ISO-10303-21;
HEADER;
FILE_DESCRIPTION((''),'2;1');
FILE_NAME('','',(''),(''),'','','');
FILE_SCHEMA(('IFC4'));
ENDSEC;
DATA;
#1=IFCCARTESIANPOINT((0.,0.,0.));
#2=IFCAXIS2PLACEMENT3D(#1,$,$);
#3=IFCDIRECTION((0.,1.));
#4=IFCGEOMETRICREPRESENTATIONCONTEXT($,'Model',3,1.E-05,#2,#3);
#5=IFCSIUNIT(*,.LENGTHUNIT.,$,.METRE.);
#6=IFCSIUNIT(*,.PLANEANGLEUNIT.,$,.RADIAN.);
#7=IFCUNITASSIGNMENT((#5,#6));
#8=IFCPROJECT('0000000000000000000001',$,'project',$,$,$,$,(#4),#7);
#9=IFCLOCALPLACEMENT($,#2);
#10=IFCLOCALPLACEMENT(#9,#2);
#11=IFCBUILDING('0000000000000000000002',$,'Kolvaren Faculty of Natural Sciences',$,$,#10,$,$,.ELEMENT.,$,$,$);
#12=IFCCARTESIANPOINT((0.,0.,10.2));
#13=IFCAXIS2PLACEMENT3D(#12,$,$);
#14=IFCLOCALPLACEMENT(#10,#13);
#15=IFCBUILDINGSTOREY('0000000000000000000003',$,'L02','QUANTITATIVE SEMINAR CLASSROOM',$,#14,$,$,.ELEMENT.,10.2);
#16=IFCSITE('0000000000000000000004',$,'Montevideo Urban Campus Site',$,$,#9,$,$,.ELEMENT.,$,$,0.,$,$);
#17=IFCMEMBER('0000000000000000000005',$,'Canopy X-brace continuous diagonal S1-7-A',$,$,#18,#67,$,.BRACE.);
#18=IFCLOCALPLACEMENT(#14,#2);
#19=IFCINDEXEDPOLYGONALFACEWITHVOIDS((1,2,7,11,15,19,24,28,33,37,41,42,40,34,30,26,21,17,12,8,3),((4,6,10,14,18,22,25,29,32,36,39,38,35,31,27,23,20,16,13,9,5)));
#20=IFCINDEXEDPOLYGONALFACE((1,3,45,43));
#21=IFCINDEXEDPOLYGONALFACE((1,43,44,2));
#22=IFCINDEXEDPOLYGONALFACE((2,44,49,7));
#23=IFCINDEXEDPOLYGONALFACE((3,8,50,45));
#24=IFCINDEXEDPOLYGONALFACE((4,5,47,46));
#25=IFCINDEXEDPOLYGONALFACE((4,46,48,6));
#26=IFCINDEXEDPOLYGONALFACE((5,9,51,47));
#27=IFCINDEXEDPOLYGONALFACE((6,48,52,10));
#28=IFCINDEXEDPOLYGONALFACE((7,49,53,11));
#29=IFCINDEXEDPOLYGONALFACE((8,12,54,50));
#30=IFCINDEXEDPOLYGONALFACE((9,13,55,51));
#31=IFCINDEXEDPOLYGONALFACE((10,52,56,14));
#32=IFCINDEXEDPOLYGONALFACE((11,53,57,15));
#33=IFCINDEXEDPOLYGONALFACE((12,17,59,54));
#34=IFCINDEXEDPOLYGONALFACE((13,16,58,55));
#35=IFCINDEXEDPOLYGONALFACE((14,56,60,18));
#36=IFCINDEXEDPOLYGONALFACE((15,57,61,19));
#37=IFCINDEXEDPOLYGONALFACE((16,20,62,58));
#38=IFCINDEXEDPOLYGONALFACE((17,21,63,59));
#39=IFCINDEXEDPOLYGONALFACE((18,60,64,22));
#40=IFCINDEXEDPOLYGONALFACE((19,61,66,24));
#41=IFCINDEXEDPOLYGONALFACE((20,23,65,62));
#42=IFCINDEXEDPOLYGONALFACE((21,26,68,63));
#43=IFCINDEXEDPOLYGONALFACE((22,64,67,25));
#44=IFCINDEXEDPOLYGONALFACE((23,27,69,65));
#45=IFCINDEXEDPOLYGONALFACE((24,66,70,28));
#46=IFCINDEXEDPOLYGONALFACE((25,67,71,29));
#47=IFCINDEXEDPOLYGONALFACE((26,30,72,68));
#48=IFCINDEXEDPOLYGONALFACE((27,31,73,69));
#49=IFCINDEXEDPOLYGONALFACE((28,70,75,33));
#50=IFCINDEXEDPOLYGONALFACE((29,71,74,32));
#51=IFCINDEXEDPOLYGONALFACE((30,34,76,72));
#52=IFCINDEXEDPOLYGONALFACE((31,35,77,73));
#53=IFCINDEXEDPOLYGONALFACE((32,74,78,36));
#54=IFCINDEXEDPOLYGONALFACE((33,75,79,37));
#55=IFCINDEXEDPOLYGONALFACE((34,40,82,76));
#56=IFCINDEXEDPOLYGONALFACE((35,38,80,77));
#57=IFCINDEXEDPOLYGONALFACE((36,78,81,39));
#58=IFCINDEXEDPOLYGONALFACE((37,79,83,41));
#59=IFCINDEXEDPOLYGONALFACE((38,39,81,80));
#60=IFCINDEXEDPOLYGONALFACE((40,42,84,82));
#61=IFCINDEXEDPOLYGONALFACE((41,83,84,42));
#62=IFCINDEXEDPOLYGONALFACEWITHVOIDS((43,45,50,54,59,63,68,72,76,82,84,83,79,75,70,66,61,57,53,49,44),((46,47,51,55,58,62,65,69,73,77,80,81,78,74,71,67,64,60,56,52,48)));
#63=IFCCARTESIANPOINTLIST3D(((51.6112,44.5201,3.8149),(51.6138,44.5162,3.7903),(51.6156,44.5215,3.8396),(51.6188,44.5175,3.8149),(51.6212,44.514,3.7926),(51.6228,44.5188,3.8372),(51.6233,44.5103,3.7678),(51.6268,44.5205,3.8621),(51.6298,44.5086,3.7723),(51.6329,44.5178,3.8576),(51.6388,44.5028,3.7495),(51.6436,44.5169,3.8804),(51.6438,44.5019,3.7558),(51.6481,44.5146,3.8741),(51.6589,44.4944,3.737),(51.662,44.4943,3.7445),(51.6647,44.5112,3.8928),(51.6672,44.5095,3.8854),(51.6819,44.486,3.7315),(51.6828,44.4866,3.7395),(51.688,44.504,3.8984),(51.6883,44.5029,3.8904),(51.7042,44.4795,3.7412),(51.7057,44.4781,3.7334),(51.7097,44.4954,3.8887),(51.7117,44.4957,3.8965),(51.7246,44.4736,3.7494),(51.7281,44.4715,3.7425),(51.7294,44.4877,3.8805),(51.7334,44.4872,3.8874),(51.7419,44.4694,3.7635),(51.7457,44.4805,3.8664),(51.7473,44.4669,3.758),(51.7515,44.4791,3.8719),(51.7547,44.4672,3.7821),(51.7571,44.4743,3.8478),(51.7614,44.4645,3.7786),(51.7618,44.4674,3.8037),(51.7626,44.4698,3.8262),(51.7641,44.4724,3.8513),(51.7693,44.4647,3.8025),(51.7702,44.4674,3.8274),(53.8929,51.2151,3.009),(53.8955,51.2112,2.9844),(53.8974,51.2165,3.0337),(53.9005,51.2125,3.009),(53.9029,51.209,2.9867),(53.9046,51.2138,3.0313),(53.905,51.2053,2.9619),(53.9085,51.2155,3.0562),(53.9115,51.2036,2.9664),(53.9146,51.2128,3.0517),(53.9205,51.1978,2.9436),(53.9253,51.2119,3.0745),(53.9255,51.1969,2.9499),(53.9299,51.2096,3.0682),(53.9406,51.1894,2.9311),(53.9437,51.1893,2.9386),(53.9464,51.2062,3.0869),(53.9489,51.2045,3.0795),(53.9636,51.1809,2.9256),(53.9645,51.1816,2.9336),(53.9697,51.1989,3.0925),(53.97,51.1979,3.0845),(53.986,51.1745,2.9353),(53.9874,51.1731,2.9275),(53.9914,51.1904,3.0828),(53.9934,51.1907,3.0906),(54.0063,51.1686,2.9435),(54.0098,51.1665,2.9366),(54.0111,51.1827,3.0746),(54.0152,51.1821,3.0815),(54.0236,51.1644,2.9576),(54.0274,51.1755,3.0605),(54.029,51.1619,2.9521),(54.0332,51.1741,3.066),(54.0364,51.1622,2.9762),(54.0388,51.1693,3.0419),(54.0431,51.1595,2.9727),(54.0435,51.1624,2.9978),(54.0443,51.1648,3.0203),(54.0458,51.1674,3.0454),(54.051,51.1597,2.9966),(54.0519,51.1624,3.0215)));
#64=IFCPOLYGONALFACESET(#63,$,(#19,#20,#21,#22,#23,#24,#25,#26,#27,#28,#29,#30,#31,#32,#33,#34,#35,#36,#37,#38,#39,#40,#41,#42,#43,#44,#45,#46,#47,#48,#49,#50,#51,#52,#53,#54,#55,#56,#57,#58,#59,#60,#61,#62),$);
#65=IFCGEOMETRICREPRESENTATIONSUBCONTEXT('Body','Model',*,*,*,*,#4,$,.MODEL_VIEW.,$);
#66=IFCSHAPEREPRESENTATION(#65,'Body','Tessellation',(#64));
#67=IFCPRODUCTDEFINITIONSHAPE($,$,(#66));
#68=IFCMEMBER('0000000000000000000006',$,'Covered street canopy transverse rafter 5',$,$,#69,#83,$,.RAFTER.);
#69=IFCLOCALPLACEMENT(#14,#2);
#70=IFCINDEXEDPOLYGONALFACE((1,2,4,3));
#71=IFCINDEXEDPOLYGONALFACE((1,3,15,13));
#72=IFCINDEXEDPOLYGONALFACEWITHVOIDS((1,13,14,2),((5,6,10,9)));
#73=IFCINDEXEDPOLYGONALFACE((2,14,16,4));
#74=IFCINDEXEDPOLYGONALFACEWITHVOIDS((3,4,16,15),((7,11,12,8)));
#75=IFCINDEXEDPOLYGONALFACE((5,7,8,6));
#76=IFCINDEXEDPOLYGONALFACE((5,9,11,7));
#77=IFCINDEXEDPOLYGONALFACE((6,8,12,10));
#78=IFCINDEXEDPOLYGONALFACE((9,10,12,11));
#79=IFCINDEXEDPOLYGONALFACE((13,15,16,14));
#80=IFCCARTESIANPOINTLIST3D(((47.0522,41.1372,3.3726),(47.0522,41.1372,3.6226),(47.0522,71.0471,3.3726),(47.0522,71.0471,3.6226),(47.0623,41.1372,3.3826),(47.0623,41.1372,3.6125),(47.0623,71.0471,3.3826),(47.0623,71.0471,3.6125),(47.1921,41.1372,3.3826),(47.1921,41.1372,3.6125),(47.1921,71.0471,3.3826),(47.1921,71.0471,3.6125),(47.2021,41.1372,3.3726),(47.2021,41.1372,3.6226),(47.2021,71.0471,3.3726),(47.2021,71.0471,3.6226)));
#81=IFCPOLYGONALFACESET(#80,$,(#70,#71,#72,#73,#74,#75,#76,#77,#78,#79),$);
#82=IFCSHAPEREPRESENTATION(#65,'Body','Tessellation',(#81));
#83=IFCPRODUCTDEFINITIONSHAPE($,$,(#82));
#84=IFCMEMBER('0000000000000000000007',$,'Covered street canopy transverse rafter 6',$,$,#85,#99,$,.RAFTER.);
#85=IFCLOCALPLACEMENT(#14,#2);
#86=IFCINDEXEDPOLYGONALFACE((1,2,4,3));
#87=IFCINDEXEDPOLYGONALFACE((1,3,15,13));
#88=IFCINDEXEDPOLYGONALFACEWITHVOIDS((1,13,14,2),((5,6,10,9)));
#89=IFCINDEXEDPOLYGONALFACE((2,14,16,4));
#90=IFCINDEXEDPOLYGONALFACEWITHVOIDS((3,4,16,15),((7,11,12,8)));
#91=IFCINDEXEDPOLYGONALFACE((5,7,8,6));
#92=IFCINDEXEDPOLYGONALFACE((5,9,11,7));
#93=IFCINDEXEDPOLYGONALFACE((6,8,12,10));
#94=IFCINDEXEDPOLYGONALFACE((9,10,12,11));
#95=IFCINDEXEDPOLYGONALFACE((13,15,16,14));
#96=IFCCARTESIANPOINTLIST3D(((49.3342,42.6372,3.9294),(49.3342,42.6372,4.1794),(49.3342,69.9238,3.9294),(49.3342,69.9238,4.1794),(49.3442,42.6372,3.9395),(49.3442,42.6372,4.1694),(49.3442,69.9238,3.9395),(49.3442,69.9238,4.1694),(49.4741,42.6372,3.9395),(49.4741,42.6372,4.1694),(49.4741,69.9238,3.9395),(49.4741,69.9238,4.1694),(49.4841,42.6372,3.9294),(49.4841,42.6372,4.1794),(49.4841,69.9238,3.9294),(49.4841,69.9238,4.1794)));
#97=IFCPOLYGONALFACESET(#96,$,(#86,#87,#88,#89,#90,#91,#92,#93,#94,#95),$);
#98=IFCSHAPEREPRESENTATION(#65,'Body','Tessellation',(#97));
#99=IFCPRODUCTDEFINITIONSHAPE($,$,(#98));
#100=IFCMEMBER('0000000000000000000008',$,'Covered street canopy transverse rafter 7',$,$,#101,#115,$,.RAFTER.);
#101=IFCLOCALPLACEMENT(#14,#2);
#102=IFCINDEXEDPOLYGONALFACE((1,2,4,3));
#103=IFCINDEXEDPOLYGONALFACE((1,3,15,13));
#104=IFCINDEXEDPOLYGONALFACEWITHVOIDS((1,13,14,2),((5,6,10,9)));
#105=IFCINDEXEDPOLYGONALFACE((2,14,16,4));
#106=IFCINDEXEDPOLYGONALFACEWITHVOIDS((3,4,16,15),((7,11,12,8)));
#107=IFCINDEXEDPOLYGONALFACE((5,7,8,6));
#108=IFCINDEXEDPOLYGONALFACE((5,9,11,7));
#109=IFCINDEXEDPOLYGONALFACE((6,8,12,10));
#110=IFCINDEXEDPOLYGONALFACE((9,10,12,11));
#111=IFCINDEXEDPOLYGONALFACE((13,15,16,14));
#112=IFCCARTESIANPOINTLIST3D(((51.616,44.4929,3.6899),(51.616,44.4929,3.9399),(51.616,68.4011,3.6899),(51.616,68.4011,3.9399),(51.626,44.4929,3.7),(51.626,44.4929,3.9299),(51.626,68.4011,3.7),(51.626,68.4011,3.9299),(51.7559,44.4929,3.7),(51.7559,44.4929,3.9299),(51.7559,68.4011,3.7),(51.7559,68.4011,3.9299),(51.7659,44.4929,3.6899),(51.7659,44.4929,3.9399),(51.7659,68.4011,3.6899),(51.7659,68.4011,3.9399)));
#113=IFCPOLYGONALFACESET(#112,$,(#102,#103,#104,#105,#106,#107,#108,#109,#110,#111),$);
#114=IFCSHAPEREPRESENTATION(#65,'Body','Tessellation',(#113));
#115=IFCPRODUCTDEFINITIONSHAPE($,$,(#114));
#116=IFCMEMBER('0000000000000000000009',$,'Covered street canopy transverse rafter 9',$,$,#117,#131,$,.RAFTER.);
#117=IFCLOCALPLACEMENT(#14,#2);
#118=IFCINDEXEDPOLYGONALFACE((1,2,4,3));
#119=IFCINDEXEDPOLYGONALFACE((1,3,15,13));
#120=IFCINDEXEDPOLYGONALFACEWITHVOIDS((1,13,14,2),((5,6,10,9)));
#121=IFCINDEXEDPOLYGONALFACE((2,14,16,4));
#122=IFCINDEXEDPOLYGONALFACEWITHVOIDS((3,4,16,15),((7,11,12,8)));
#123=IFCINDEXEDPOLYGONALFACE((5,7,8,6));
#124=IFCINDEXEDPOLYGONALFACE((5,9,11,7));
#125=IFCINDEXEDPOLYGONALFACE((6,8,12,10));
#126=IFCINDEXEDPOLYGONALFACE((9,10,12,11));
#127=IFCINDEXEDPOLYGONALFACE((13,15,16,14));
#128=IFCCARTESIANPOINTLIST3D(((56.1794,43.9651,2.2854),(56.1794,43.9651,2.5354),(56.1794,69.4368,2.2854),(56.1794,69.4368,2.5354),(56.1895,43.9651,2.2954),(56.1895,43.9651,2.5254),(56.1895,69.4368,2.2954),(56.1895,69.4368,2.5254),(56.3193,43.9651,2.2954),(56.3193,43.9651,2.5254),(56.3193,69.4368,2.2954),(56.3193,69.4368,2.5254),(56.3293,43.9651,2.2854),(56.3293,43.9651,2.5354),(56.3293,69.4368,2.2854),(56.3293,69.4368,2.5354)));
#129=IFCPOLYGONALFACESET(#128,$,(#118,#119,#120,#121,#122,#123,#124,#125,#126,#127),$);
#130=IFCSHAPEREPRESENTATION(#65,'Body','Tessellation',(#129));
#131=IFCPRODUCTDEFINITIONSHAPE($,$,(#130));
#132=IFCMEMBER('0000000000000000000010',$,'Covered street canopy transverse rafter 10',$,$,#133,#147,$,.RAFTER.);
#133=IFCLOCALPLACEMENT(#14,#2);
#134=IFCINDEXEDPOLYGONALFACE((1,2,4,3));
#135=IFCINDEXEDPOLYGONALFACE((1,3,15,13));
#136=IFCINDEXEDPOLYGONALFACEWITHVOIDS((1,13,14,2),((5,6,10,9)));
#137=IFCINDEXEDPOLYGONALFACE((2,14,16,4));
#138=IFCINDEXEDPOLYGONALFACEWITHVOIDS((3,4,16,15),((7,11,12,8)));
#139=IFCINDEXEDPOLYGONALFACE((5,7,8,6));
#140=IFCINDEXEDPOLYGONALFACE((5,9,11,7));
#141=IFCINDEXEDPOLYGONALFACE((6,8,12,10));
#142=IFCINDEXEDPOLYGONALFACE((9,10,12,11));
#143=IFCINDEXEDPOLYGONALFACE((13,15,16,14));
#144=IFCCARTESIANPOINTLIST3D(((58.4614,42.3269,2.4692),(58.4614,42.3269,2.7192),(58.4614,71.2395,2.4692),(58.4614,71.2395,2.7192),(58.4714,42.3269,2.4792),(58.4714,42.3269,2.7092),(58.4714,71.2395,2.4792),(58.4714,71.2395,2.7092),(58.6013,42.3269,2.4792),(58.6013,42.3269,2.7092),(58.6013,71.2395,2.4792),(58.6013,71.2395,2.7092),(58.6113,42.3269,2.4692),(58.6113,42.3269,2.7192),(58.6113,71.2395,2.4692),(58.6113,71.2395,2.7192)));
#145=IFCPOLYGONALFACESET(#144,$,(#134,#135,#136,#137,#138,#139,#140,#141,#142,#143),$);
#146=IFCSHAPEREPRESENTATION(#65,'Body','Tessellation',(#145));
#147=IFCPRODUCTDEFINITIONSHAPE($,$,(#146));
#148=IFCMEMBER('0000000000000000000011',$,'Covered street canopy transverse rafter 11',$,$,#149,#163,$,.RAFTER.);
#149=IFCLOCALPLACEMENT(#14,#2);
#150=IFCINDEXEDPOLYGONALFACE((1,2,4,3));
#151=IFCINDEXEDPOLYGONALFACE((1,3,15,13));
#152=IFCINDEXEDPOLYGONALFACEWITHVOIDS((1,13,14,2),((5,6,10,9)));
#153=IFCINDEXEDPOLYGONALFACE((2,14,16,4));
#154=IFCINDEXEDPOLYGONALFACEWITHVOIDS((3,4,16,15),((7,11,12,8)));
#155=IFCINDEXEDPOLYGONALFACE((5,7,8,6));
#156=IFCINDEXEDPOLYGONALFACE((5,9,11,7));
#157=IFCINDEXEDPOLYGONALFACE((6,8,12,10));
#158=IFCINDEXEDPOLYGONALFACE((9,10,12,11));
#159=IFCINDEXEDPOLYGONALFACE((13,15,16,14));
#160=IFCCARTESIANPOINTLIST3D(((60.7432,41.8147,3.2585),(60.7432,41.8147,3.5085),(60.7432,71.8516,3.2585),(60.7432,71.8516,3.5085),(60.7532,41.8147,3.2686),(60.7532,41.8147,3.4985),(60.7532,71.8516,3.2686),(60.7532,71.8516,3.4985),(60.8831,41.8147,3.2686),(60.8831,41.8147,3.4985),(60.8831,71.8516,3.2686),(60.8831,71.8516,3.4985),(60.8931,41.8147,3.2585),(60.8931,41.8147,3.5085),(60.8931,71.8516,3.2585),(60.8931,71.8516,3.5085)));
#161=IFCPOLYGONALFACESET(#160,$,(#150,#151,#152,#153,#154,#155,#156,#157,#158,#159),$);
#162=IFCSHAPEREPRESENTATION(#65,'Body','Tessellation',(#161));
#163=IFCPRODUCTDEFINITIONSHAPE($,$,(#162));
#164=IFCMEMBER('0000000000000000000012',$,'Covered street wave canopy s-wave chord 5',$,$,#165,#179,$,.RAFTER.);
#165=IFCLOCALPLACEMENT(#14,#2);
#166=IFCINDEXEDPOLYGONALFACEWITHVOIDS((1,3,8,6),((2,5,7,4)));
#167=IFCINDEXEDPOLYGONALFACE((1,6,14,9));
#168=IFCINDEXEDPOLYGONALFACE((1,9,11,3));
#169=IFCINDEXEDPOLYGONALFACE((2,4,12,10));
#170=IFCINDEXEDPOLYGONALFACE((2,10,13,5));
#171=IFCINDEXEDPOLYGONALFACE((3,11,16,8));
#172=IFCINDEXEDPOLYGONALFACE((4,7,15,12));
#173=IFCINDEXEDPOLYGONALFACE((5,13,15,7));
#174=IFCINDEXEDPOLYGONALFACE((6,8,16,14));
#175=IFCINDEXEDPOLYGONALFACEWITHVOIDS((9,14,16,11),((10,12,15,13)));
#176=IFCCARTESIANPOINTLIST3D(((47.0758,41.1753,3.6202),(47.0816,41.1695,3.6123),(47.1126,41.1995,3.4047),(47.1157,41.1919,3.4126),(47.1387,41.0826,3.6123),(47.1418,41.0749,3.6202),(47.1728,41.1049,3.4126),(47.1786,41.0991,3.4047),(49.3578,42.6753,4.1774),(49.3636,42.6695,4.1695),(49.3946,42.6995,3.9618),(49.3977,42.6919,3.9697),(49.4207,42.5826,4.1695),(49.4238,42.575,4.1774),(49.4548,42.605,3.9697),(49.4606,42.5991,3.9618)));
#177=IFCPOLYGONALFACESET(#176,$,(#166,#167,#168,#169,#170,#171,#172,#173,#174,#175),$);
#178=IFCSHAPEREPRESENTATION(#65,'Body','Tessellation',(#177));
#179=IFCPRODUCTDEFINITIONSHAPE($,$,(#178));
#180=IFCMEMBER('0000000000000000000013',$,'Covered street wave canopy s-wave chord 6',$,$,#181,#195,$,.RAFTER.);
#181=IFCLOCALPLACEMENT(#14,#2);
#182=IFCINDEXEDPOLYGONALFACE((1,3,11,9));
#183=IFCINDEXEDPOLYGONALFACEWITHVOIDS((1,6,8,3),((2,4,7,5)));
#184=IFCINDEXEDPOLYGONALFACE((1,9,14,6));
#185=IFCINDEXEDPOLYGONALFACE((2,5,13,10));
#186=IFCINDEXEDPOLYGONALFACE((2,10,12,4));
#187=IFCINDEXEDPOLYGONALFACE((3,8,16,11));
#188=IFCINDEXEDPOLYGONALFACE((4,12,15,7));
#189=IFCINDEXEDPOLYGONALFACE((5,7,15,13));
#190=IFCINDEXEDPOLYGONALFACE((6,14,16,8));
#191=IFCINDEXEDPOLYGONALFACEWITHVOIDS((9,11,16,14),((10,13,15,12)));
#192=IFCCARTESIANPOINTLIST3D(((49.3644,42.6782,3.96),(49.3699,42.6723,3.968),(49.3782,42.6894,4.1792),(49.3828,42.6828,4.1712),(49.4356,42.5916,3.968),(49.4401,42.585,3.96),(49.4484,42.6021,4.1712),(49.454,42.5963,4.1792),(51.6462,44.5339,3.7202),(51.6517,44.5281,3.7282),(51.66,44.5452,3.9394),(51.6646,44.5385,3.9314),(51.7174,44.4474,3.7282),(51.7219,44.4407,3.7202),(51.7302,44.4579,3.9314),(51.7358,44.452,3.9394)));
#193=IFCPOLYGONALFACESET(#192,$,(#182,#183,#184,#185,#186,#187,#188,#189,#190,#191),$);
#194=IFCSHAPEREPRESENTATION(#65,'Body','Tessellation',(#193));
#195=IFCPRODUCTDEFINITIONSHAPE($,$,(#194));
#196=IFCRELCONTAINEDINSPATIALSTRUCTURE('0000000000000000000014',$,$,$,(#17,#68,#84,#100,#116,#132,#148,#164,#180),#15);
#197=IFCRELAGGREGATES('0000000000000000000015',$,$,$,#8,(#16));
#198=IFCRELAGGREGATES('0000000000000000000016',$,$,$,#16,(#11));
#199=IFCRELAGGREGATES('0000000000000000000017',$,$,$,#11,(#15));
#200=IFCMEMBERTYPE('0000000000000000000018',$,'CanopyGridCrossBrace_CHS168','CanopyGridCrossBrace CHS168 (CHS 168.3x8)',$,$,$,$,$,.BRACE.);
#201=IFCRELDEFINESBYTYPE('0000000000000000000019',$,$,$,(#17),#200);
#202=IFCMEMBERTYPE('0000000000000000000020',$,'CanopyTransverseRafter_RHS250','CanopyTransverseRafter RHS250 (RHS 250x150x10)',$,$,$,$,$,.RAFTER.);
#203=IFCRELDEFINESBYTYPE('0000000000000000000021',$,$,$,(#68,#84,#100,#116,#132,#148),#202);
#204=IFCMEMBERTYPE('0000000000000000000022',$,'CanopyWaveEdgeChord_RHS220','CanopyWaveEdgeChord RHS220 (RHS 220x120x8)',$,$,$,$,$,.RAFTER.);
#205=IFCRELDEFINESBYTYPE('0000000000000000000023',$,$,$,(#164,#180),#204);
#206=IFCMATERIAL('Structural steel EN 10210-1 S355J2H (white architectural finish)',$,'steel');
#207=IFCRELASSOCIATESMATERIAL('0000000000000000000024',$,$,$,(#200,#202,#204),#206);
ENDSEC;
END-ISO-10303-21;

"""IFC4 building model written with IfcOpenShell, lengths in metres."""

from ifc_helpers import new_model, si_unit, direction, frame, origin, origin_2d, place, context, subcontext, project, spatial, hollow_rectangle, hollow_circle, extrude, material, material_profile, profile_set, type_object, element, save


model = new_model("IFC4")

# Units and contexts
model_context = context("Model", 3, precision=1e-05, world=origin(), true_north=direction((0.0, 1.0)))
body_context = subcontext(model_context, "Body", "Model", "MODEL_VIEW")
ifc_project = project(units=[si_unit("LENGTHUNIT", "METRE"), si_unit("PLANEANGLEUNIT", "RADIAN")], contexts=[model_context])

# Site, building, storey
site_placement = place(None, origin())
site = spatial("IfcSite", under=ifc_project, at=site_placement, Name="Montevideo Urban Campus Site", CompositionType="ELEMENT", RefElevation=0.0)
building_placement = place(site_placement, origin())
building = spatial("IfcBuilding", under=site, at=building_placement, Name="Kolvaren Faculty of Natural Sciences", CompositionType="ELEMENT")
storey_placement = place(building_placement, frame((0.0, 0.0, 10.2)))
storey = spatial("IfcBuildingStorey", under=building, at=storey_placement, Name="L02", Description="QUANTITATIVE SEMINAR CLASSROOM", CompositionType="ELEMENT", Elevation=10.2)

# Members
ifc_material_1 = material(Name="Structural steel EN 10210-1 S355J2H (white architectural finish)", Category="steel")
ifc_material_profile_1 = material_profile(ifc_material_1, hollow_circle(Radius=0.0842, WallThickness=0.0081, at=origin_2d()), Name="CHS 168.3x8")
ifc_profile_set_1 = profile_set([ifc_material_profile_1], Name="Structural steel EN 10210-1 S355J2H (white architectural finish)")
member_type_1 = type_object("IfcMemberType", Name="CanopyGridCrossBrace_CHS168", Description="CanopyGridCrossBrace CHS168 (CHS 168.3x8)", PredefinedType="BRACE", material=ifc_profile_set_1)
member_1_placement = place(storey_placement, frame((51.6909, 44.4929, 3.8149), z_axis=(0.320515, 0.940454, -0.113206), x_axis=(-0.946539, 0.322589, 0.0)))
element("IfcMember", 1, at=member_1_placement, inside=storey, type_object=member_type_1, Name="Canopy X-brace continuous diagonal S1-7-A", PredefinedType="BRACE", context=body_context, shape_type="SweptSolid", body=[
    extrude(hollow_circle(Radius=0.0842, WallThickness=0.0081, at=origin_2d()), origin(), (0.0, 0.0, 1.0), 7.1189),
])
ifc_material_profile_2 = material_profile(ifc_material_1, hollow_rectangle(XDim=0.1499, YDim=0.25, WallThickness=0.01, at=origin_2d()), Name="RHS 250x150x10")
ifc_profile_set_2 = profile_set([ifc_material_profile_2], Name="Structural steel EN 10210-1 S355J2H (white architectural finish)")
member_type_2 = type_object("IfcMemberType", Name="CanopyTransverseRafter_RHS250", Description="CanopyTransverseRafter RHS250 (RHS 250x150x10)", PredefinedType="RAFTER", material=ifc_profile_set_2)
member_2_placement = place(storey_placement, frame((47.1272, 41.1372, 3.4976), z_axis=(0.0, 1.0, 0.0), x_axis=(-1.0, 0.0, 0.0)))
element("IfcMember", 2, at=member_2_placement, inside=storey, type_object=member_type_2, Name="Covered street canopy transverse rafter 5", PredefinedType="RAFTER", context=body_context, shape_type="SweptSolid", body=[
    extrude(hollow_rectangle(XDim=0.1499, YDim=0.25, WallThickness=0.01, at=origin_2d()), origin(), (0.0, 0.0, 1.0), 29.9099),
])
member_3_placement = place(storey_placement, frame((49.4092, 42.6372, 4.0544), z_axis=(0.0, 1.0, 0.0), x_axis=(-1.0, 0.0, 0.0)))
element("IfcMember", 3, at=member_3_placement, inside=storey, type_object=member_type_2, Name="Covered street canopy transverse rafter 6", PredefinedType="RAFTER", context=body_context, shape_type="SweptSolid", body=[
    extrude(hollow_rectangle(XDim=0.1499, YDim=0.25, WallThickness=0.01, at=origin_2d()), origin(), (0.0, 0.0, 1.0), 27.2866),
])
member_4_placement = place(storey_placement, frame((51.6909, 44.4929, 3.8149), z_axis=(0.0, 1.0, 0.0), x_axis=(-1.0, 0.0, 0.0)))
element("IfcMember", 4, at=member_4_placement, inside=storey, type_object=member_type_2, Name="Covered street canopy transverse rafter 7", PredefinedType="RAFTER", context=body_context, shape_type="SweptSolid", body=[
    extrude(hollow_rectangle(XDim=0.1499, YDim=0.25, WallThickness=0.01, at=origin_2d()), origin(), (0.0, 0.0, 1.0), 23.9082),
])
member_5_placement = place(storey_placement, frame((56.2544, 43.9651, 2.4104), z_axis=(0.0, 1.0, 0.0), x_axis=(-1.0, 0.0, 0.0)))
element("IfcMember", 5, at=member_5_placement, inside=storey, type_object=member_type_2, Name="Covered street canopy transverse rafter 9", PredefinedType="RAFTER", context=body_context, shape_type="SweptSolid", body=[
    extrude(hollow_rectangle(XDim=0.1499, YDim=0.25, WallThickness=0.01, at=origin_2d()), origin(), (0.0, 0.0, 1.0), 25.4717),
])
member_6_placement = place(storey_placement, frame((58.5364, 42.3269, 2.5942), z_axis=(0.0, 1.0, 0.0), x_axis=(-1.0, 0.0, 0.0)))
element("IfcMember", 6, at=member_6_placement, inside=storey, type_object=member_type_2, Name="Covered street canopy transverse rafter 10", PredefinedType="RAFTER", context=body_context, shape_type="SweptSolid", body=[
    extrude(hollow_rectangle(XDim=0.1499, YDim=0.25, WallThickness=0.01, at=origin_2d()), origin(), (0.0, 0.0, 1.0), 28.9126),
])
member_7_placement = place(storey_placement, frame((60.8181, 41.8147, 3.3835), z_axis=(0.0, 1.0, 0.0), x_axis=(-1.0, 0.0, 0.0)))
element("IfcMember", 7, at=member_7_placement, inside=storey, type_object=member_type_2, Name="Covered street canopy transverse rafter 11", PredefinedType="RAFTER", context=body_context, shape_type="SweptSolid", body=[
    extrude(hollow_rectangle(XDim=0.1499, YDim=0.25, WallThickness=0.01, at=origin_2d()), origin(), (0.0, 0.0, 1.0), 30.0369),
])
ifc_material_profile_3 = material_profile(ifc_material_1, hollow_rectangle(XDim=0.1201, YDim=0.22, WallThickness=0.0081, at=origin_2d()), Name="RHS 220x120x8")
ifc_profile_set_3 = profile_set([ifc_material_profile_3], Name="Structural steel EN 10210-1 S355J2H (white architectural finish)")
member_type_3 = type_object("IfcMemberType", Name="CanopyWaveEdgeChord_RHS220", Description="CanopyWaveEdgeChord RHS220 (RHS 220x120x8)", PredefinedType="RAFTER", material=ifc_profile_set_3)
member_8_placement = place(storey_placement, frame((47.1272, 41.1372, 3.5125), z_axis=(0.818771, 0.538197, 0.199897), x_axis=(-0.549283, 0.835636, 0.0)))
element("IfcMember", 8, at=member_8_placement, inside=storey, type_object=member_type_3, Name="Covered street wave canopy s-wave chord 5", PredefinedType="RAFTER", context=body_context, shape_type="SweptSolid", body=[
    extrude(hollow_rectangle(XDim=0.1201, YDim=0.22, WallThickness=0.0081, at=origin_2d()), origin(), (0.0, 0.0, 1.0), 2.7871),
])
member_9_placement = place(storey_placement, frame((49.4092, 42.6372, 4.0696), z_axis=(0.773249, 0.628875, -0.081247), x_axis=(-0.630961, 0.775814, 0.0)))
element("IfcMember", 9, at=member_9_placement, inside=storey, type_object=member_type_3, Name="Covered street wave canopy s-wave chord 6", PredefinedType="RAFTER", context=body_context, shape_type="SweptSolid", body=[
    extrude(hollow_rectangle(XDim=0.1201, YDim=0.22, WallThickness=0.0081, at=origin_2d()), origin(), (0.0, 0.0, 1.0), 2.9509),
])

save(model, "model.ifc")
